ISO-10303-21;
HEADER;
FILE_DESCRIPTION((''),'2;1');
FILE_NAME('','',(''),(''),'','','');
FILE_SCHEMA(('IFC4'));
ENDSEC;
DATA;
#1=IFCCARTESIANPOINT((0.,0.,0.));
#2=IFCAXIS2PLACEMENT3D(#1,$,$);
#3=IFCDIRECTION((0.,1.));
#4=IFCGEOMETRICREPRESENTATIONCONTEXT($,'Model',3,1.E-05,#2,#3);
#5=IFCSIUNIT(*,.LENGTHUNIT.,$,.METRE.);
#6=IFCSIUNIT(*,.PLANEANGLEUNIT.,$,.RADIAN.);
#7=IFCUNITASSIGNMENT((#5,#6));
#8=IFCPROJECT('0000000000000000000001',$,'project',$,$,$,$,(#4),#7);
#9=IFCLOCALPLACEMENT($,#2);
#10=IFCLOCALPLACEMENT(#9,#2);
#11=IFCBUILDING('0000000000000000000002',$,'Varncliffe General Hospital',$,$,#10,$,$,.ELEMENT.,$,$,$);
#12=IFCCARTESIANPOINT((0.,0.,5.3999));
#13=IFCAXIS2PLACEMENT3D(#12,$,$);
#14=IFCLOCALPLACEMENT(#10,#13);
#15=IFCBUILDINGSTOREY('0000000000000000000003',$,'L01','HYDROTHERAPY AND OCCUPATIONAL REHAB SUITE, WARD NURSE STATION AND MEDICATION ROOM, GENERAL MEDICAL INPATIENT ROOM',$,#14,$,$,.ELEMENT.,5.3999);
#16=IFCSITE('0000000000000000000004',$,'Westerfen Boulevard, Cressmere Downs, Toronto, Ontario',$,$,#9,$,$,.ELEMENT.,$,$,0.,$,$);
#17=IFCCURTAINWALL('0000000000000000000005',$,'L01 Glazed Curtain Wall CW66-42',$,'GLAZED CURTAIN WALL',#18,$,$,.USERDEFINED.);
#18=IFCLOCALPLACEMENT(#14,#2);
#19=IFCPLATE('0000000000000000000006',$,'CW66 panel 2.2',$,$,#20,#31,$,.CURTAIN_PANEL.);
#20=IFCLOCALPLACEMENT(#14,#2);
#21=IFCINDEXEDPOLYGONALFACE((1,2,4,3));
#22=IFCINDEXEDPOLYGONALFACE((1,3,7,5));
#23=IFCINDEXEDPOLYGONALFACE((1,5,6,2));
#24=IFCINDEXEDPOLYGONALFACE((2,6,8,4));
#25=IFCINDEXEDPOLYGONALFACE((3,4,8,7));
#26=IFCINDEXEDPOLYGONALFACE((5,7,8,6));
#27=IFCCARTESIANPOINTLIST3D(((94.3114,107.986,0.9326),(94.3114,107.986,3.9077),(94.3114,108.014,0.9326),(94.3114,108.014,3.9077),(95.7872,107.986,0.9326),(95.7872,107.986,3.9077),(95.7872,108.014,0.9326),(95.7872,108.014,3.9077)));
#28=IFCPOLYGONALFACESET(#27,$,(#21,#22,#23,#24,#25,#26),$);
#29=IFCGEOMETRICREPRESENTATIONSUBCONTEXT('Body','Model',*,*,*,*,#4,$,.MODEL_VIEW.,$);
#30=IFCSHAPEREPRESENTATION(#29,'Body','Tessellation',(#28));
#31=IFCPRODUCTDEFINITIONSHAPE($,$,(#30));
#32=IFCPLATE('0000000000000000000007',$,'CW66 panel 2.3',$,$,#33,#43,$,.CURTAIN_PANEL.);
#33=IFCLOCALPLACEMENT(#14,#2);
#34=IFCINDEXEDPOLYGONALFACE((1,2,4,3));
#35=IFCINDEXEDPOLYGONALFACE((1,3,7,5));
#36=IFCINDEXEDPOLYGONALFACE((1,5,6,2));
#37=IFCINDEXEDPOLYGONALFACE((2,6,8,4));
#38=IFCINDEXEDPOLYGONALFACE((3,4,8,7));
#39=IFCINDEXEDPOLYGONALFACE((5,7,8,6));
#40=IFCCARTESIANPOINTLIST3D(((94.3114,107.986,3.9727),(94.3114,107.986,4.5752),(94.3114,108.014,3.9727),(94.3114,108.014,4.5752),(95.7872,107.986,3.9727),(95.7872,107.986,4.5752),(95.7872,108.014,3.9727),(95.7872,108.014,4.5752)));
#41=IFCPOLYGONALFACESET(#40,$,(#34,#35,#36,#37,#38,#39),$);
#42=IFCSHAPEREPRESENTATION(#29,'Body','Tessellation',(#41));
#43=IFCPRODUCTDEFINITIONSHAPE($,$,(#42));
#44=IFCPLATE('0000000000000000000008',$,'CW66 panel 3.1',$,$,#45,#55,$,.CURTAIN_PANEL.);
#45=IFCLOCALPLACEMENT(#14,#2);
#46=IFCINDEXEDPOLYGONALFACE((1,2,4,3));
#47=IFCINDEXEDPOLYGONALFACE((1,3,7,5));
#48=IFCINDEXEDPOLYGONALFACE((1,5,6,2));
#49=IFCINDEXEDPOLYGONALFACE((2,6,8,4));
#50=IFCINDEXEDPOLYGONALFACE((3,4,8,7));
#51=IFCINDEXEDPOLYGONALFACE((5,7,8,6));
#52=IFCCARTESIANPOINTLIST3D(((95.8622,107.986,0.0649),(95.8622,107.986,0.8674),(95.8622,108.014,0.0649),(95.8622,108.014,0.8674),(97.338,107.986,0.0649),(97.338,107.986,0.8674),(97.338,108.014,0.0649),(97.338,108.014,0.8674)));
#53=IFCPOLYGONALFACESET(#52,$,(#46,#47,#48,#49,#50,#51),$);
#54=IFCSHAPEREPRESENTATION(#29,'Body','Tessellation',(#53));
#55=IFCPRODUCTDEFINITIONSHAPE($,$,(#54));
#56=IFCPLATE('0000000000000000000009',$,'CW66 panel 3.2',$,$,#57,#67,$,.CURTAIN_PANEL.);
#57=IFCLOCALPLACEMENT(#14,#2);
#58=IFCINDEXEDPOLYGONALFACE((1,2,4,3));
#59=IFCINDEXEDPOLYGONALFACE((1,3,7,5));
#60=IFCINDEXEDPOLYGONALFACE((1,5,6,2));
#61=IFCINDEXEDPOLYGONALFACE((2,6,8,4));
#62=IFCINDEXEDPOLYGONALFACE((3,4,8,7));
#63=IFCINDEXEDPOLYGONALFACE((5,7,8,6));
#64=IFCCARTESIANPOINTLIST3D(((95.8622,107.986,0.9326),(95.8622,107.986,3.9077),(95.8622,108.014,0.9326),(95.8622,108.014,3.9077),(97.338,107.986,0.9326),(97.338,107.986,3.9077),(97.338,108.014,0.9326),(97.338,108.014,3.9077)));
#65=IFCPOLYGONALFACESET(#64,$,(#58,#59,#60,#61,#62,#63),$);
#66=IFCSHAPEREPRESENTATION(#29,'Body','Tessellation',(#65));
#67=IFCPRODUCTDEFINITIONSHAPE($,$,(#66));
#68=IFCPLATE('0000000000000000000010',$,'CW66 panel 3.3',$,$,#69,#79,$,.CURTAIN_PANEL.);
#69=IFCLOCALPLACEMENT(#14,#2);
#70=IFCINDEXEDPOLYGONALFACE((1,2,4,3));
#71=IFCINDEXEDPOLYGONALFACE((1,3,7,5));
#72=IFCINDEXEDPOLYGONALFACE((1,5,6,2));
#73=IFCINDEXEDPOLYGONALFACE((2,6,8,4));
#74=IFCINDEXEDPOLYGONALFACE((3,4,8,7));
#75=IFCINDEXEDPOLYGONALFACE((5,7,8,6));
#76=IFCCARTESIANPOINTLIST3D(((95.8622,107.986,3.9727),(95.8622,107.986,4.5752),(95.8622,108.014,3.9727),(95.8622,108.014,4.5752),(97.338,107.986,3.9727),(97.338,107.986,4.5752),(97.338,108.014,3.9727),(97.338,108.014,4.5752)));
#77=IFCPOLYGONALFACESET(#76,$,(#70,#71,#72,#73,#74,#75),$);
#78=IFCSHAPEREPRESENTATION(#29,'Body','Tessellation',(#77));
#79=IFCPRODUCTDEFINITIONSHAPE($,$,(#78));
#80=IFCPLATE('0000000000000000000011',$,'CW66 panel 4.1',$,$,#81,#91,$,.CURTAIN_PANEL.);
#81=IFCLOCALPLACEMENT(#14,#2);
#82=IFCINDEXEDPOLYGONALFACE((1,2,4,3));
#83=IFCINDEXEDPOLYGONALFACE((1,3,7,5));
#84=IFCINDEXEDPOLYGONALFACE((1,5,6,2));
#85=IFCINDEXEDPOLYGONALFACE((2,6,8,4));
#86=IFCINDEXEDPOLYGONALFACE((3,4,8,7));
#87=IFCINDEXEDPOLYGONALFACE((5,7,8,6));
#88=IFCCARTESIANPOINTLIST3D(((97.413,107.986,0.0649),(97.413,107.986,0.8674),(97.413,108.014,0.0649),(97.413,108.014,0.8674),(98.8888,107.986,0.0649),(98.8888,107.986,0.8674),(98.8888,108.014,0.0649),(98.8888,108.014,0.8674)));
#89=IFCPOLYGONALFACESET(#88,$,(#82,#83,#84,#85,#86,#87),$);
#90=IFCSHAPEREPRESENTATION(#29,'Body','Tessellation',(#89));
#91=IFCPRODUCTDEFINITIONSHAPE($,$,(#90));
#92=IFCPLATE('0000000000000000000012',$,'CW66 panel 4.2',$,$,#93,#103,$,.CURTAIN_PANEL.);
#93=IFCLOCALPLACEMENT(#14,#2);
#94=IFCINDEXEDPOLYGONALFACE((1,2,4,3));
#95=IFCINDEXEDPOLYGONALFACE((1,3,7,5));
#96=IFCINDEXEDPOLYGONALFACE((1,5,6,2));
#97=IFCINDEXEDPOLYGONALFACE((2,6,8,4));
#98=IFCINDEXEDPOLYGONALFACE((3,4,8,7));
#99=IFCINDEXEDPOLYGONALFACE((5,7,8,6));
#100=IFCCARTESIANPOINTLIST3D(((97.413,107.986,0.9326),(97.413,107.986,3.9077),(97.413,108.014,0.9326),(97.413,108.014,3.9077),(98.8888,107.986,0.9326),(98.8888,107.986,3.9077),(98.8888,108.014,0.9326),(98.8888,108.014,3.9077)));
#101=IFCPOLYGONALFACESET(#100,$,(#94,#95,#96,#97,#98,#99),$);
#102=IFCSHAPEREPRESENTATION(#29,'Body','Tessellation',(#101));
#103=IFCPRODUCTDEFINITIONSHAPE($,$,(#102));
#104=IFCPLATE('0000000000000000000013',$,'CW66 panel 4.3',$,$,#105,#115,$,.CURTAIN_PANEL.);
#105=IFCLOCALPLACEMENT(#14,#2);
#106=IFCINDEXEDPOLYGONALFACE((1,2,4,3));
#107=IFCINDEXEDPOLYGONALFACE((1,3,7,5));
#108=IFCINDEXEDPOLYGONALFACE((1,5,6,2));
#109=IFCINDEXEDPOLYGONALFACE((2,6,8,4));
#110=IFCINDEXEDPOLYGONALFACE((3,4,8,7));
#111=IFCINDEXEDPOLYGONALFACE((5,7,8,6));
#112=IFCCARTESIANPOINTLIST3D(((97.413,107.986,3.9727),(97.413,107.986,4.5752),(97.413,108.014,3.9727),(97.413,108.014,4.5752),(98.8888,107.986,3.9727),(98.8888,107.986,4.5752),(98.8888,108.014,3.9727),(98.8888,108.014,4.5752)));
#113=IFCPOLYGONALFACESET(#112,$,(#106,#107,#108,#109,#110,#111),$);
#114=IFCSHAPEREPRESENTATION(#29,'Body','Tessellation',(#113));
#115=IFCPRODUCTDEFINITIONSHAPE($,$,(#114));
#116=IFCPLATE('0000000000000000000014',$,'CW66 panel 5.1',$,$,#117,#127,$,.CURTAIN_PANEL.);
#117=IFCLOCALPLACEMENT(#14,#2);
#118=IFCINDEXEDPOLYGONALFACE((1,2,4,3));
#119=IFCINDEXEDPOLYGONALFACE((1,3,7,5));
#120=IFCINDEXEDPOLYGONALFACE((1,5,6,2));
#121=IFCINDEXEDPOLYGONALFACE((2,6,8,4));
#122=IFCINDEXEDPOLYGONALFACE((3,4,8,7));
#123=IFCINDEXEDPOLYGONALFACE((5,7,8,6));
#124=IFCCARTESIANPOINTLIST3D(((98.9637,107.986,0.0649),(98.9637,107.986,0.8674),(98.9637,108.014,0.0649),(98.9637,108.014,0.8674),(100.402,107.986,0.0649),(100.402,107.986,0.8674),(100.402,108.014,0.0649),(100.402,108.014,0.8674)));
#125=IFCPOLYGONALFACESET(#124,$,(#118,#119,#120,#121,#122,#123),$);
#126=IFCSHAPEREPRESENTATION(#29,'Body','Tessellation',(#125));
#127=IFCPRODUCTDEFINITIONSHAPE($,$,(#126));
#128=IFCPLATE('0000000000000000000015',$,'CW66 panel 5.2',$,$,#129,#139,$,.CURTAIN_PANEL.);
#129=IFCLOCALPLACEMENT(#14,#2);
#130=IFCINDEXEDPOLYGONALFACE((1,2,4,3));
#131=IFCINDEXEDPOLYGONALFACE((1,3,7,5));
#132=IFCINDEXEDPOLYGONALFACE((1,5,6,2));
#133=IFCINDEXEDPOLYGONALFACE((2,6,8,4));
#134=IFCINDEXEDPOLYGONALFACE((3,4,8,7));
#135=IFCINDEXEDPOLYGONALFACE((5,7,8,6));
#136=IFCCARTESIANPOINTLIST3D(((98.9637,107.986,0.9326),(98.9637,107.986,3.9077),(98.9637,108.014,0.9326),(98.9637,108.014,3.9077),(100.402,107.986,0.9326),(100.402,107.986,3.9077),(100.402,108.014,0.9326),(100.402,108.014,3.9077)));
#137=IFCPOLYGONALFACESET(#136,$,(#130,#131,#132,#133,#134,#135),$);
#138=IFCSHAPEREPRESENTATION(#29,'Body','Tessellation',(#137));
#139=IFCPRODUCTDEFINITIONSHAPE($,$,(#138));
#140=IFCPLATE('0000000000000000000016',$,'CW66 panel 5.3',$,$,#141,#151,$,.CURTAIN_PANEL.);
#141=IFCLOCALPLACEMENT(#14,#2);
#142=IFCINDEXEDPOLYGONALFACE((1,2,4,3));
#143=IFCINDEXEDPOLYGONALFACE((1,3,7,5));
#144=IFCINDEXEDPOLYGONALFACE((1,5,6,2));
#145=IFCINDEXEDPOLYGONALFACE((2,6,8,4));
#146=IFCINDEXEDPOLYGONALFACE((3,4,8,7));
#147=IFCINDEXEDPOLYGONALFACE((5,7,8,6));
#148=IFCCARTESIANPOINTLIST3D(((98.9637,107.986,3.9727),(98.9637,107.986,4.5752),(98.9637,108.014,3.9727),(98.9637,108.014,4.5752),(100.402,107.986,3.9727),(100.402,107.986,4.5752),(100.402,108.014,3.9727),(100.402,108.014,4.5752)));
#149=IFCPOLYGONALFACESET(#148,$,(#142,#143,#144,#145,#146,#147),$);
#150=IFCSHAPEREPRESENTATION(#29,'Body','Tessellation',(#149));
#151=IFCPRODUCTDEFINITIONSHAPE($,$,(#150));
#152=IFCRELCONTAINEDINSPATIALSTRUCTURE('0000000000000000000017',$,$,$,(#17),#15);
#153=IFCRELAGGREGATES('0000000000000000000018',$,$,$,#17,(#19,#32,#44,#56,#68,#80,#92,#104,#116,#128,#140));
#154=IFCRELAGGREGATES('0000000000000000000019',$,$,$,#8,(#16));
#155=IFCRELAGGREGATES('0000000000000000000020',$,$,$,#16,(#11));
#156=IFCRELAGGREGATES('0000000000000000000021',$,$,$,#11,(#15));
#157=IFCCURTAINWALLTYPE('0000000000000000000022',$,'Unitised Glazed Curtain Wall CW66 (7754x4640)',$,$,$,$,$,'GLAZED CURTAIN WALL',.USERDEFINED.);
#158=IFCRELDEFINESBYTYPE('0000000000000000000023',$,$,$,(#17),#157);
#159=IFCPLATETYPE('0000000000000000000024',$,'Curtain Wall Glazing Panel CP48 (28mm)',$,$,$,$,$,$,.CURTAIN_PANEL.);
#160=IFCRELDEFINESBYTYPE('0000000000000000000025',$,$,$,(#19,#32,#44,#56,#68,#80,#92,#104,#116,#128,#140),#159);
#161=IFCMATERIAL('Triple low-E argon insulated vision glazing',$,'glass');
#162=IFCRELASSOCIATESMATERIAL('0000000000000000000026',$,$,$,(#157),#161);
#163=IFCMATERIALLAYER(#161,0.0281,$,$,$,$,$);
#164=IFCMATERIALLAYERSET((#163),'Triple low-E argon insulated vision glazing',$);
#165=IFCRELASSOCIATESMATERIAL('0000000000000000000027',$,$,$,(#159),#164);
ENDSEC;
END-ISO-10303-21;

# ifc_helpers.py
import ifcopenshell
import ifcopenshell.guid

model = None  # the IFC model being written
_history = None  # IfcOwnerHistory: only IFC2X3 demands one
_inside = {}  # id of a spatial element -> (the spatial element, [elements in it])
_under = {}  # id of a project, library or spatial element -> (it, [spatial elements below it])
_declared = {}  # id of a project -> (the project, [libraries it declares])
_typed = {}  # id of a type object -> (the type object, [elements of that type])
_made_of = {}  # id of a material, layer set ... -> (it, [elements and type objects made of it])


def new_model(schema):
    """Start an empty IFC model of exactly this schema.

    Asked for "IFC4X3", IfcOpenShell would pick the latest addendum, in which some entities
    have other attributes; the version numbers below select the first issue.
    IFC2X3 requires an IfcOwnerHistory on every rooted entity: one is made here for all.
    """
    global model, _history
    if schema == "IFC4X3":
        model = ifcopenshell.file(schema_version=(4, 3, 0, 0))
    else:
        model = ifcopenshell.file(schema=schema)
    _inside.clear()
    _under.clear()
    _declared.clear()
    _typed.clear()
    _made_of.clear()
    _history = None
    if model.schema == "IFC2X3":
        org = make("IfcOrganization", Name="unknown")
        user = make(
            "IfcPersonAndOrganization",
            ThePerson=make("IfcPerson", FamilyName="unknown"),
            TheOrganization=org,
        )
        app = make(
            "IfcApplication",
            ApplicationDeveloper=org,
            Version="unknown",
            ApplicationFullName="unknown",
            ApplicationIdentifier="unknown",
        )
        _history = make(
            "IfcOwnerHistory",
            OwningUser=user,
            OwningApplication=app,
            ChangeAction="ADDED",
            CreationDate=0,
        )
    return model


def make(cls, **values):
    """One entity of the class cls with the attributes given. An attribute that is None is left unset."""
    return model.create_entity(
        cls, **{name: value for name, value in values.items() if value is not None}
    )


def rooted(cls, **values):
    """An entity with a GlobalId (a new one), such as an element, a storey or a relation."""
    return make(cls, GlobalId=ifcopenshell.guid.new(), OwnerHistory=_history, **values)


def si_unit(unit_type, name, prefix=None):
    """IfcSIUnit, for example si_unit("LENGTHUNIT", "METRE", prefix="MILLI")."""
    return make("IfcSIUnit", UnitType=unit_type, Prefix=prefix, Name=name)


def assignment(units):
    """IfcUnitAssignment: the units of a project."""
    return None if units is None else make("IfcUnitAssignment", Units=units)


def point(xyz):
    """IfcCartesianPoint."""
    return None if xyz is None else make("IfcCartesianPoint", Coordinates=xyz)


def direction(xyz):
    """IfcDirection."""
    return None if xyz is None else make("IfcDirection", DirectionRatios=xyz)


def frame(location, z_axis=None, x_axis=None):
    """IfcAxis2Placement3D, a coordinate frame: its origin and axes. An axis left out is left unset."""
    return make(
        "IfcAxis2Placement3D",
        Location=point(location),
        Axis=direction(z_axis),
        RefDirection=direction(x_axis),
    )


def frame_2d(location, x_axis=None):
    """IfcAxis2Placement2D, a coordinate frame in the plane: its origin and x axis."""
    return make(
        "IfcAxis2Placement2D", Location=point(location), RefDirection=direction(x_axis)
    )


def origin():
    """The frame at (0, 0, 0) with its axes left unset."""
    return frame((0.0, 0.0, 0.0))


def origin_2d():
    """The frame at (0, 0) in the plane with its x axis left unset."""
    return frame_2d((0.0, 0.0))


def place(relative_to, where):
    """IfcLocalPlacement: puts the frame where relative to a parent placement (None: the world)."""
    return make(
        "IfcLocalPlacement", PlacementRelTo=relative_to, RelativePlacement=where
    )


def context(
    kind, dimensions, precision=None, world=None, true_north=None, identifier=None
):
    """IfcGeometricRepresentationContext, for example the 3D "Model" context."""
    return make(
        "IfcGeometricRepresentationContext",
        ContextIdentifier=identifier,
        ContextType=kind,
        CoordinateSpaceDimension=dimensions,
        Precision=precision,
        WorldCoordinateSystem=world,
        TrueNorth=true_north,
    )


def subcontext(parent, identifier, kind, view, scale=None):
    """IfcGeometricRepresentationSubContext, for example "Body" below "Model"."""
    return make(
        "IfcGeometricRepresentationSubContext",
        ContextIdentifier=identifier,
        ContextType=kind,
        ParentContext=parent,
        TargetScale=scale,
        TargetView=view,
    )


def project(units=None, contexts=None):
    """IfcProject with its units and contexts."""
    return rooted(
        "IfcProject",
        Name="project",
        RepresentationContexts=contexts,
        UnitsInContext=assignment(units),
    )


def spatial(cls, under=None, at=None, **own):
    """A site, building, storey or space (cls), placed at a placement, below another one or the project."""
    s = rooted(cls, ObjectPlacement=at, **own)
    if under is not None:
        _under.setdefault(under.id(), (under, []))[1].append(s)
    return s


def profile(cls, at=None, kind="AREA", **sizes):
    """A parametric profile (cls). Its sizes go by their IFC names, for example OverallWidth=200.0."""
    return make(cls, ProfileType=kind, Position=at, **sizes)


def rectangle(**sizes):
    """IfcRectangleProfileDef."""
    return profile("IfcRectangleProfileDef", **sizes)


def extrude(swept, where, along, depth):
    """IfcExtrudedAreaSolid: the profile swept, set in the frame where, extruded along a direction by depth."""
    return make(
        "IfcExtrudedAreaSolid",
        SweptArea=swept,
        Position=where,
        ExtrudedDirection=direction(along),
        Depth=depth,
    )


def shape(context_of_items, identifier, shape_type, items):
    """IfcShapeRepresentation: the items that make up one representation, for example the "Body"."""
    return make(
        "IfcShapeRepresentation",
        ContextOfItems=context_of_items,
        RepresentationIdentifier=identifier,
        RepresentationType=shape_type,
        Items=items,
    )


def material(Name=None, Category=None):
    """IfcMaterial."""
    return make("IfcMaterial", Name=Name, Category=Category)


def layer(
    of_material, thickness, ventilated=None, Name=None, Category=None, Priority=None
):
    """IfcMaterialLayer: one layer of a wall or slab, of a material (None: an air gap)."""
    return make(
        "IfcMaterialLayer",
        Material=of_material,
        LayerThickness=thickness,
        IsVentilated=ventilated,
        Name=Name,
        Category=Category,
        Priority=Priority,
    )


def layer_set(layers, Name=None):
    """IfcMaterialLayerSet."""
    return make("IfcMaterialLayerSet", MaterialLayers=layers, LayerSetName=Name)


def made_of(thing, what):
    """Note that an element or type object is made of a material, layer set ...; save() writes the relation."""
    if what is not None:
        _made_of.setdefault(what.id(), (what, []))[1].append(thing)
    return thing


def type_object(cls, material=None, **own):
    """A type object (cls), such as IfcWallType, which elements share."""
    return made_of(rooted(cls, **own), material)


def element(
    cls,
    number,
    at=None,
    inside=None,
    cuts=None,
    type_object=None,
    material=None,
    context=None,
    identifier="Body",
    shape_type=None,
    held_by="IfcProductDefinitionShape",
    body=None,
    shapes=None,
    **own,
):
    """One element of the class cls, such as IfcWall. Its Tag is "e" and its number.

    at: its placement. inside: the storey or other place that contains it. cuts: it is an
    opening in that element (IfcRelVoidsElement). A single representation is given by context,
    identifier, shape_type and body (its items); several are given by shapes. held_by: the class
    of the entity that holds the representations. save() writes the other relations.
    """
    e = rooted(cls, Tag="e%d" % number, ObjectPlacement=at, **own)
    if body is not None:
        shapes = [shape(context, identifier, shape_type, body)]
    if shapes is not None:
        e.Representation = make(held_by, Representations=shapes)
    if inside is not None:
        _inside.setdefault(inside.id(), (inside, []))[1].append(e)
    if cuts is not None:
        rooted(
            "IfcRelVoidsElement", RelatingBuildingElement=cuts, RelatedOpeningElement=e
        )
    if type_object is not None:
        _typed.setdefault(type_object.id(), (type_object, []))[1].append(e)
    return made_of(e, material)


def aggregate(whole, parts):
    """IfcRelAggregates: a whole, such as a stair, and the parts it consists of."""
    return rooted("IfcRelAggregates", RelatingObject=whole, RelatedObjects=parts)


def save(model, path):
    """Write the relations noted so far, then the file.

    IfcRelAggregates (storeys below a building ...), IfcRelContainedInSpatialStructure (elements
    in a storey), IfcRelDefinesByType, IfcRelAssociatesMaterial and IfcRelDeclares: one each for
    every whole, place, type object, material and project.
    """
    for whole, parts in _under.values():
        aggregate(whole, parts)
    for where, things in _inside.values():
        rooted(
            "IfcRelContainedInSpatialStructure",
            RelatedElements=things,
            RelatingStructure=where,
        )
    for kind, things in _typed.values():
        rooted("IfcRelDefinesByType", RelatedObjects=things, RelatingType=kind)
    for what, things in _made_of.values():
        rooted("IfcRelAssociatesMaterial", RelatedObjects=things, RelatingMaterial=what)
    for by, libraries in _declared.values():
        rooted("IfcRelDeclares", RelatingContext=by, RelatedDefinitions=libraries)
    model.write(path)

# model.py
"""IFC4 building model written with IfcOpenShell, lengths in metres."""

from ifc_helpers import new_model, si_unit, direction, frame, origin, origin_2d, place, context, subcontext, project, spatial, rectangle, extrude, material, layer, layer_set, type_object, element, aggregate, save


model = new_model("IFC4")

# Units and contexts
model_context = context("Model", 3, precision=1e-05, world=origin(), true_north=direction((0.0, 1.0)))
body_context = subcontext(model_context, "Body", "Model", "MODEL_VIEW")
ifc_project = project(units=[si_unit("LENGTHUNIT", "METRE"), si_unit("PLANEANGLEUNIT", "RADIAN")], contexts=[model_context])

# Site, building, storey
site_placement = place(None, origin())
site = spatial("IfcSite", under=ifc_project, at=site_placement, Name="Westerfen Boulevard, Cressmere Downs, Toronto, Ontario", CompositionType="ELEMENT", RefElevation=0.0)
building_placement = place(site_placement, origin())
building = spatial("IfcBuilding", under=site, at=building_placement, Name="Varncliffe General Hospital", CompositionType="ELEMENT")
storey_placement = place(building_placement, frame((0.0, 0.0, 5.3999)))
storey = spatial("IfcBuildingStorey", under=building, at=storey_placement, Name="L01", Description="HYDROTHERAPY AND OCCUPATIONAL REHAB SUITE, WARD NURSE STATION AND MEDICATION ROOM, GENERAL MEDICAL INPATIENT ROOM", CompositionType="ELEMENT", Elevation=5.3999)

# Curtain wall
ifc_material_1 = material(Name="Triple low-E argon insulated vision glazing", Category="glass")
curtain_wall_type_1 = type_object("IfcCurtainWallType", Name="Unitised Glazed Curtain Wall CW66 (7754x4640)", ElementType="GLAZED CURTAIN WALL", PredefinedType="USERDEFINED", material=ifc_material_1)
curtain_wall_1_placement = place(storey_placement, origin())
curtain_wall_1 = element("IfcCurtainWall", 1, at=curtain_wall_1_placement, inside=storey, type_object=curtain_wall_type_1, Name="L01 Glazed Curtain Wall CW66-42", ObjectType="GLAZED CURTAIN WALL", PredefinedType="USERDEFINED")

# Plates
ifc_layer_1 = layer(ifc_material_1, 0.0281)
ifc_layer_set_1 = layer_set([ifc_layer_1], Name="Triple low-E argon insulated vision glazing")
plate_type_1 = type_object("IfcPlateType", Name="Curtain Wall Glazing Panel CP48 (28mm)", PredefinedType="CURTAIN_PANEL", material=ifc_layer_set_1)
plate_1_placement = place(storey_placement, frame((95.0493, 108.0, 0.9326), z_axis=(0.0, 0.0, 1.0), x_axis=(1.0, 0.0, 0.0)))
plate_1 = element("IfcPlate", 2, at=plate_1_placement, type_object=plate_type_1, Name="CW66 panel 2.2", PredefinedType="CURTAIN_PANEL", context=body_context, shape_type="SweptSolid", body=[
    extrude(rectangle(XDim=1.4758, YDim=0.0281, at=origin_2d()), origin(), (0.0, 0.0, 1.0), 2.9751),
])
plate_2_placement = place(storey_placement, frame((95.0493, 108.0, 3.9727), z_axis=(0.0, 0.0, 1.0), x_axis=(1.0, 0.0, 0.0)))
plate_2 = element("IfcPlate", 3, at=plate_2_placement, type_object=plate_type_1, Name="CW66 panel 2.3", PredefinedType="CURTAIN_PANEL", context=body_context, shape_type="SweptSolid", body=[
    extrude(rectangle(XDim=1.4758, YDim=0.0281, at=origin_2d()), origin(), (0.0, 0.0, 1.0), 0.6025),
])
plate_3_placement = place(storey_placement, frame((96.6001, 108.0, 0.0649), z_axis=(0.0, 0.0, 1.0), x_axis=(1.0, 0.0, 0.0)))
plate_3 = element("IfcPlate", 4, at=plate_3_placement, type_object=plate_type_1, Name="CW66 panel 3.1", PredefinedType="CURTAIN_PANEL", context=body_context, shape_type="SweptSolid", body=[
    extrude(rectangle(XDim=1.4758, YDim=0.0281, at=origin_2d()), origin(), (0.0, 0.0, 1.0), 0.8025),
])
plate_4_placement = place(storey_placement, frame((96.6001, 108.0, 0.9326), z_axis=(0.0, 0.0, 1.0), x_axis=(1.0, 0.0, 0.0)))
plate_4 = element("IfcPlate", 5, at=plate_4_placement, type_object=plate_type_1, Name="CW66 panel 3.2", PredefinedType="CURTAIN_PANEL", context=body_context, shape_type="SweptSolid", body=[
    extrude(rectangle(XDim=1.4758, YDim=0.0281, at=origin_2d()), origin(), (0.0, 0.0, 1.0), 2.9751),
])
plate_5_placement = place(storey_placement, frame((96.6001, 108.0, 3.9727), z_axis=(0.0, 0.0, 1.0), x_axis=(1.0, 0.0, 0.0)))
plate_5 = element("IfcPlate", 6, at=plate_5_placement, type_object=plate_type_1, Name="CW66 panel 3.3", PredefinedType="CURTAIN_PANEL", context=body_context, shape_type="SweptSolid", body=[
    extrude(rectangle(XDim=1.4758, YDim=0.0281, at=origin_2d()), origin(), (0.0, 0.0, 1.0), 0.6025),
])
plate_6_placement = place(storey_placement, frame((98.1509, 108.0, 0.0649), z_axis=(0.0, 0.0, 1.0), x_axis=(1.0, 0.0, 0.0)))
plate_6 = element("IfcPlate", 7, at=plate_6_placement, type_object=plate_type_1, Name="CW66 panel 4.1", PredefinedType="CURTAIN_PANEL", context=body_context, shape_type="SweptSolid", body=[
    extrude(rectangle(XDim=1.4758, YDim=0.0281, at=origin_2d()), origin(), (0.0, 0.0, 1.0), 0.8025),
])
plate_7_placement = place(storey_placement, frame((98.1509, 108.0, 0.9326), z_axis=(0.0, 0.0, 1.0), x_axis=(1.0, 0.0, 0.0)))
plate_7 = element("IfcPlate", 8, at=plate_7_placement, type_object=plate_type_1, Name="CW66 panel 4.2", PredefinedType="CURTAIN_PANEL", context=body_context, shape_type="SweptSolid", body=[
    extrude(rectangle(XDim=1.4758, YDim=0.0281, at=origin_2d()), origin(), (0.0, 0.0, 1.0), 2.9751),
])
plate_8_placement = place(storey_placement, frame((98.1509, 108.0, 3.9727), z_axis=(0.0, 0.0, 1.0), x_axis=(1.0, 0.0, 0.0)))
plate_8 = element("IfcPlate", 9, at=plate_8_placement, type_object=plate_type_1, Name="CW66 panel 4.3", PredefinedType="CURTAIN_PANEL", context=body_context, shape_type="SweptSolid", body=[
    extrude(rectangle(XDim=1.4758, YDim=0.0281, at=origin_2d()), origin(), (0.0, 0.0, 1.0), 0.6025),
])
plate_9_placement = place(storey_placement, frame((99.6829, 108.0, 0.0649), z_axis=(0.0, 0.0, 1.0), x_axis=(1.0, 0.0, 0.0)))
plate_9 = element("IfcPlate", 10, at=plate_9_placement, type_object=plate_type_1, Name="CW66 panel 5.1", PredefinedType="CURTAIN_PANEL", context=body_context, shape_type="SweptSolid", body=[
    extrude(rectangle(XDim=1.4382, YDim=0.0281, at=origin_2d()), origin(), (0.0, 0.0, 1.0), 0.8025),
])
plate_10_placement = place(storey_placement, frame((99.6829, 108.0, 0.9326), z_axis=(0.0, 0.0, 1.0), x_axis=(1.0, 0.0, 0.0)))
plate_10 = element("IfcPlate", 11, at=plate_10_placement, type_object=plate_type_1, Name="CW66 panel 5.2", PredefinedType="CURTAIN_PANEL", context=body_context, shape_type="SweptSolid", body=[
    extrude(rectangle(XDim=1.4382, YDim=0.0281, at=origin_2d()), origin(), (0.0, 0.0, 1.0), 2.9751),
])
plate_11_placement = place(storey_placement, frame((99.6829, 108.0, 3.9727), z_axis=(0.0, 0.0, 1.0), x_axis=(1.0, 0.0, 0.0)))
plate_11 = element("IfcPlate", 12, at=plate_11_placement, type_object=plate_type_1, Name="CW66 panel 5.3", PredefinedType="CURTAIN_PANEL", context=body_context, shape_type="SweptSolid", body=[
    extrude(rectangle(XDim=1.4382, YDim=0.0281, at=origin_2d()), origin(), (0.0, 0.0, 1.0), 0.6025),
])
aggregate(curtain_wall_1, [plate_1, plate_2, plate_3, plate_4, plate_5, plate_6, plate_7, plate_8, plate_9, plate_10, plate_11])

save(model, "model.ifc")
